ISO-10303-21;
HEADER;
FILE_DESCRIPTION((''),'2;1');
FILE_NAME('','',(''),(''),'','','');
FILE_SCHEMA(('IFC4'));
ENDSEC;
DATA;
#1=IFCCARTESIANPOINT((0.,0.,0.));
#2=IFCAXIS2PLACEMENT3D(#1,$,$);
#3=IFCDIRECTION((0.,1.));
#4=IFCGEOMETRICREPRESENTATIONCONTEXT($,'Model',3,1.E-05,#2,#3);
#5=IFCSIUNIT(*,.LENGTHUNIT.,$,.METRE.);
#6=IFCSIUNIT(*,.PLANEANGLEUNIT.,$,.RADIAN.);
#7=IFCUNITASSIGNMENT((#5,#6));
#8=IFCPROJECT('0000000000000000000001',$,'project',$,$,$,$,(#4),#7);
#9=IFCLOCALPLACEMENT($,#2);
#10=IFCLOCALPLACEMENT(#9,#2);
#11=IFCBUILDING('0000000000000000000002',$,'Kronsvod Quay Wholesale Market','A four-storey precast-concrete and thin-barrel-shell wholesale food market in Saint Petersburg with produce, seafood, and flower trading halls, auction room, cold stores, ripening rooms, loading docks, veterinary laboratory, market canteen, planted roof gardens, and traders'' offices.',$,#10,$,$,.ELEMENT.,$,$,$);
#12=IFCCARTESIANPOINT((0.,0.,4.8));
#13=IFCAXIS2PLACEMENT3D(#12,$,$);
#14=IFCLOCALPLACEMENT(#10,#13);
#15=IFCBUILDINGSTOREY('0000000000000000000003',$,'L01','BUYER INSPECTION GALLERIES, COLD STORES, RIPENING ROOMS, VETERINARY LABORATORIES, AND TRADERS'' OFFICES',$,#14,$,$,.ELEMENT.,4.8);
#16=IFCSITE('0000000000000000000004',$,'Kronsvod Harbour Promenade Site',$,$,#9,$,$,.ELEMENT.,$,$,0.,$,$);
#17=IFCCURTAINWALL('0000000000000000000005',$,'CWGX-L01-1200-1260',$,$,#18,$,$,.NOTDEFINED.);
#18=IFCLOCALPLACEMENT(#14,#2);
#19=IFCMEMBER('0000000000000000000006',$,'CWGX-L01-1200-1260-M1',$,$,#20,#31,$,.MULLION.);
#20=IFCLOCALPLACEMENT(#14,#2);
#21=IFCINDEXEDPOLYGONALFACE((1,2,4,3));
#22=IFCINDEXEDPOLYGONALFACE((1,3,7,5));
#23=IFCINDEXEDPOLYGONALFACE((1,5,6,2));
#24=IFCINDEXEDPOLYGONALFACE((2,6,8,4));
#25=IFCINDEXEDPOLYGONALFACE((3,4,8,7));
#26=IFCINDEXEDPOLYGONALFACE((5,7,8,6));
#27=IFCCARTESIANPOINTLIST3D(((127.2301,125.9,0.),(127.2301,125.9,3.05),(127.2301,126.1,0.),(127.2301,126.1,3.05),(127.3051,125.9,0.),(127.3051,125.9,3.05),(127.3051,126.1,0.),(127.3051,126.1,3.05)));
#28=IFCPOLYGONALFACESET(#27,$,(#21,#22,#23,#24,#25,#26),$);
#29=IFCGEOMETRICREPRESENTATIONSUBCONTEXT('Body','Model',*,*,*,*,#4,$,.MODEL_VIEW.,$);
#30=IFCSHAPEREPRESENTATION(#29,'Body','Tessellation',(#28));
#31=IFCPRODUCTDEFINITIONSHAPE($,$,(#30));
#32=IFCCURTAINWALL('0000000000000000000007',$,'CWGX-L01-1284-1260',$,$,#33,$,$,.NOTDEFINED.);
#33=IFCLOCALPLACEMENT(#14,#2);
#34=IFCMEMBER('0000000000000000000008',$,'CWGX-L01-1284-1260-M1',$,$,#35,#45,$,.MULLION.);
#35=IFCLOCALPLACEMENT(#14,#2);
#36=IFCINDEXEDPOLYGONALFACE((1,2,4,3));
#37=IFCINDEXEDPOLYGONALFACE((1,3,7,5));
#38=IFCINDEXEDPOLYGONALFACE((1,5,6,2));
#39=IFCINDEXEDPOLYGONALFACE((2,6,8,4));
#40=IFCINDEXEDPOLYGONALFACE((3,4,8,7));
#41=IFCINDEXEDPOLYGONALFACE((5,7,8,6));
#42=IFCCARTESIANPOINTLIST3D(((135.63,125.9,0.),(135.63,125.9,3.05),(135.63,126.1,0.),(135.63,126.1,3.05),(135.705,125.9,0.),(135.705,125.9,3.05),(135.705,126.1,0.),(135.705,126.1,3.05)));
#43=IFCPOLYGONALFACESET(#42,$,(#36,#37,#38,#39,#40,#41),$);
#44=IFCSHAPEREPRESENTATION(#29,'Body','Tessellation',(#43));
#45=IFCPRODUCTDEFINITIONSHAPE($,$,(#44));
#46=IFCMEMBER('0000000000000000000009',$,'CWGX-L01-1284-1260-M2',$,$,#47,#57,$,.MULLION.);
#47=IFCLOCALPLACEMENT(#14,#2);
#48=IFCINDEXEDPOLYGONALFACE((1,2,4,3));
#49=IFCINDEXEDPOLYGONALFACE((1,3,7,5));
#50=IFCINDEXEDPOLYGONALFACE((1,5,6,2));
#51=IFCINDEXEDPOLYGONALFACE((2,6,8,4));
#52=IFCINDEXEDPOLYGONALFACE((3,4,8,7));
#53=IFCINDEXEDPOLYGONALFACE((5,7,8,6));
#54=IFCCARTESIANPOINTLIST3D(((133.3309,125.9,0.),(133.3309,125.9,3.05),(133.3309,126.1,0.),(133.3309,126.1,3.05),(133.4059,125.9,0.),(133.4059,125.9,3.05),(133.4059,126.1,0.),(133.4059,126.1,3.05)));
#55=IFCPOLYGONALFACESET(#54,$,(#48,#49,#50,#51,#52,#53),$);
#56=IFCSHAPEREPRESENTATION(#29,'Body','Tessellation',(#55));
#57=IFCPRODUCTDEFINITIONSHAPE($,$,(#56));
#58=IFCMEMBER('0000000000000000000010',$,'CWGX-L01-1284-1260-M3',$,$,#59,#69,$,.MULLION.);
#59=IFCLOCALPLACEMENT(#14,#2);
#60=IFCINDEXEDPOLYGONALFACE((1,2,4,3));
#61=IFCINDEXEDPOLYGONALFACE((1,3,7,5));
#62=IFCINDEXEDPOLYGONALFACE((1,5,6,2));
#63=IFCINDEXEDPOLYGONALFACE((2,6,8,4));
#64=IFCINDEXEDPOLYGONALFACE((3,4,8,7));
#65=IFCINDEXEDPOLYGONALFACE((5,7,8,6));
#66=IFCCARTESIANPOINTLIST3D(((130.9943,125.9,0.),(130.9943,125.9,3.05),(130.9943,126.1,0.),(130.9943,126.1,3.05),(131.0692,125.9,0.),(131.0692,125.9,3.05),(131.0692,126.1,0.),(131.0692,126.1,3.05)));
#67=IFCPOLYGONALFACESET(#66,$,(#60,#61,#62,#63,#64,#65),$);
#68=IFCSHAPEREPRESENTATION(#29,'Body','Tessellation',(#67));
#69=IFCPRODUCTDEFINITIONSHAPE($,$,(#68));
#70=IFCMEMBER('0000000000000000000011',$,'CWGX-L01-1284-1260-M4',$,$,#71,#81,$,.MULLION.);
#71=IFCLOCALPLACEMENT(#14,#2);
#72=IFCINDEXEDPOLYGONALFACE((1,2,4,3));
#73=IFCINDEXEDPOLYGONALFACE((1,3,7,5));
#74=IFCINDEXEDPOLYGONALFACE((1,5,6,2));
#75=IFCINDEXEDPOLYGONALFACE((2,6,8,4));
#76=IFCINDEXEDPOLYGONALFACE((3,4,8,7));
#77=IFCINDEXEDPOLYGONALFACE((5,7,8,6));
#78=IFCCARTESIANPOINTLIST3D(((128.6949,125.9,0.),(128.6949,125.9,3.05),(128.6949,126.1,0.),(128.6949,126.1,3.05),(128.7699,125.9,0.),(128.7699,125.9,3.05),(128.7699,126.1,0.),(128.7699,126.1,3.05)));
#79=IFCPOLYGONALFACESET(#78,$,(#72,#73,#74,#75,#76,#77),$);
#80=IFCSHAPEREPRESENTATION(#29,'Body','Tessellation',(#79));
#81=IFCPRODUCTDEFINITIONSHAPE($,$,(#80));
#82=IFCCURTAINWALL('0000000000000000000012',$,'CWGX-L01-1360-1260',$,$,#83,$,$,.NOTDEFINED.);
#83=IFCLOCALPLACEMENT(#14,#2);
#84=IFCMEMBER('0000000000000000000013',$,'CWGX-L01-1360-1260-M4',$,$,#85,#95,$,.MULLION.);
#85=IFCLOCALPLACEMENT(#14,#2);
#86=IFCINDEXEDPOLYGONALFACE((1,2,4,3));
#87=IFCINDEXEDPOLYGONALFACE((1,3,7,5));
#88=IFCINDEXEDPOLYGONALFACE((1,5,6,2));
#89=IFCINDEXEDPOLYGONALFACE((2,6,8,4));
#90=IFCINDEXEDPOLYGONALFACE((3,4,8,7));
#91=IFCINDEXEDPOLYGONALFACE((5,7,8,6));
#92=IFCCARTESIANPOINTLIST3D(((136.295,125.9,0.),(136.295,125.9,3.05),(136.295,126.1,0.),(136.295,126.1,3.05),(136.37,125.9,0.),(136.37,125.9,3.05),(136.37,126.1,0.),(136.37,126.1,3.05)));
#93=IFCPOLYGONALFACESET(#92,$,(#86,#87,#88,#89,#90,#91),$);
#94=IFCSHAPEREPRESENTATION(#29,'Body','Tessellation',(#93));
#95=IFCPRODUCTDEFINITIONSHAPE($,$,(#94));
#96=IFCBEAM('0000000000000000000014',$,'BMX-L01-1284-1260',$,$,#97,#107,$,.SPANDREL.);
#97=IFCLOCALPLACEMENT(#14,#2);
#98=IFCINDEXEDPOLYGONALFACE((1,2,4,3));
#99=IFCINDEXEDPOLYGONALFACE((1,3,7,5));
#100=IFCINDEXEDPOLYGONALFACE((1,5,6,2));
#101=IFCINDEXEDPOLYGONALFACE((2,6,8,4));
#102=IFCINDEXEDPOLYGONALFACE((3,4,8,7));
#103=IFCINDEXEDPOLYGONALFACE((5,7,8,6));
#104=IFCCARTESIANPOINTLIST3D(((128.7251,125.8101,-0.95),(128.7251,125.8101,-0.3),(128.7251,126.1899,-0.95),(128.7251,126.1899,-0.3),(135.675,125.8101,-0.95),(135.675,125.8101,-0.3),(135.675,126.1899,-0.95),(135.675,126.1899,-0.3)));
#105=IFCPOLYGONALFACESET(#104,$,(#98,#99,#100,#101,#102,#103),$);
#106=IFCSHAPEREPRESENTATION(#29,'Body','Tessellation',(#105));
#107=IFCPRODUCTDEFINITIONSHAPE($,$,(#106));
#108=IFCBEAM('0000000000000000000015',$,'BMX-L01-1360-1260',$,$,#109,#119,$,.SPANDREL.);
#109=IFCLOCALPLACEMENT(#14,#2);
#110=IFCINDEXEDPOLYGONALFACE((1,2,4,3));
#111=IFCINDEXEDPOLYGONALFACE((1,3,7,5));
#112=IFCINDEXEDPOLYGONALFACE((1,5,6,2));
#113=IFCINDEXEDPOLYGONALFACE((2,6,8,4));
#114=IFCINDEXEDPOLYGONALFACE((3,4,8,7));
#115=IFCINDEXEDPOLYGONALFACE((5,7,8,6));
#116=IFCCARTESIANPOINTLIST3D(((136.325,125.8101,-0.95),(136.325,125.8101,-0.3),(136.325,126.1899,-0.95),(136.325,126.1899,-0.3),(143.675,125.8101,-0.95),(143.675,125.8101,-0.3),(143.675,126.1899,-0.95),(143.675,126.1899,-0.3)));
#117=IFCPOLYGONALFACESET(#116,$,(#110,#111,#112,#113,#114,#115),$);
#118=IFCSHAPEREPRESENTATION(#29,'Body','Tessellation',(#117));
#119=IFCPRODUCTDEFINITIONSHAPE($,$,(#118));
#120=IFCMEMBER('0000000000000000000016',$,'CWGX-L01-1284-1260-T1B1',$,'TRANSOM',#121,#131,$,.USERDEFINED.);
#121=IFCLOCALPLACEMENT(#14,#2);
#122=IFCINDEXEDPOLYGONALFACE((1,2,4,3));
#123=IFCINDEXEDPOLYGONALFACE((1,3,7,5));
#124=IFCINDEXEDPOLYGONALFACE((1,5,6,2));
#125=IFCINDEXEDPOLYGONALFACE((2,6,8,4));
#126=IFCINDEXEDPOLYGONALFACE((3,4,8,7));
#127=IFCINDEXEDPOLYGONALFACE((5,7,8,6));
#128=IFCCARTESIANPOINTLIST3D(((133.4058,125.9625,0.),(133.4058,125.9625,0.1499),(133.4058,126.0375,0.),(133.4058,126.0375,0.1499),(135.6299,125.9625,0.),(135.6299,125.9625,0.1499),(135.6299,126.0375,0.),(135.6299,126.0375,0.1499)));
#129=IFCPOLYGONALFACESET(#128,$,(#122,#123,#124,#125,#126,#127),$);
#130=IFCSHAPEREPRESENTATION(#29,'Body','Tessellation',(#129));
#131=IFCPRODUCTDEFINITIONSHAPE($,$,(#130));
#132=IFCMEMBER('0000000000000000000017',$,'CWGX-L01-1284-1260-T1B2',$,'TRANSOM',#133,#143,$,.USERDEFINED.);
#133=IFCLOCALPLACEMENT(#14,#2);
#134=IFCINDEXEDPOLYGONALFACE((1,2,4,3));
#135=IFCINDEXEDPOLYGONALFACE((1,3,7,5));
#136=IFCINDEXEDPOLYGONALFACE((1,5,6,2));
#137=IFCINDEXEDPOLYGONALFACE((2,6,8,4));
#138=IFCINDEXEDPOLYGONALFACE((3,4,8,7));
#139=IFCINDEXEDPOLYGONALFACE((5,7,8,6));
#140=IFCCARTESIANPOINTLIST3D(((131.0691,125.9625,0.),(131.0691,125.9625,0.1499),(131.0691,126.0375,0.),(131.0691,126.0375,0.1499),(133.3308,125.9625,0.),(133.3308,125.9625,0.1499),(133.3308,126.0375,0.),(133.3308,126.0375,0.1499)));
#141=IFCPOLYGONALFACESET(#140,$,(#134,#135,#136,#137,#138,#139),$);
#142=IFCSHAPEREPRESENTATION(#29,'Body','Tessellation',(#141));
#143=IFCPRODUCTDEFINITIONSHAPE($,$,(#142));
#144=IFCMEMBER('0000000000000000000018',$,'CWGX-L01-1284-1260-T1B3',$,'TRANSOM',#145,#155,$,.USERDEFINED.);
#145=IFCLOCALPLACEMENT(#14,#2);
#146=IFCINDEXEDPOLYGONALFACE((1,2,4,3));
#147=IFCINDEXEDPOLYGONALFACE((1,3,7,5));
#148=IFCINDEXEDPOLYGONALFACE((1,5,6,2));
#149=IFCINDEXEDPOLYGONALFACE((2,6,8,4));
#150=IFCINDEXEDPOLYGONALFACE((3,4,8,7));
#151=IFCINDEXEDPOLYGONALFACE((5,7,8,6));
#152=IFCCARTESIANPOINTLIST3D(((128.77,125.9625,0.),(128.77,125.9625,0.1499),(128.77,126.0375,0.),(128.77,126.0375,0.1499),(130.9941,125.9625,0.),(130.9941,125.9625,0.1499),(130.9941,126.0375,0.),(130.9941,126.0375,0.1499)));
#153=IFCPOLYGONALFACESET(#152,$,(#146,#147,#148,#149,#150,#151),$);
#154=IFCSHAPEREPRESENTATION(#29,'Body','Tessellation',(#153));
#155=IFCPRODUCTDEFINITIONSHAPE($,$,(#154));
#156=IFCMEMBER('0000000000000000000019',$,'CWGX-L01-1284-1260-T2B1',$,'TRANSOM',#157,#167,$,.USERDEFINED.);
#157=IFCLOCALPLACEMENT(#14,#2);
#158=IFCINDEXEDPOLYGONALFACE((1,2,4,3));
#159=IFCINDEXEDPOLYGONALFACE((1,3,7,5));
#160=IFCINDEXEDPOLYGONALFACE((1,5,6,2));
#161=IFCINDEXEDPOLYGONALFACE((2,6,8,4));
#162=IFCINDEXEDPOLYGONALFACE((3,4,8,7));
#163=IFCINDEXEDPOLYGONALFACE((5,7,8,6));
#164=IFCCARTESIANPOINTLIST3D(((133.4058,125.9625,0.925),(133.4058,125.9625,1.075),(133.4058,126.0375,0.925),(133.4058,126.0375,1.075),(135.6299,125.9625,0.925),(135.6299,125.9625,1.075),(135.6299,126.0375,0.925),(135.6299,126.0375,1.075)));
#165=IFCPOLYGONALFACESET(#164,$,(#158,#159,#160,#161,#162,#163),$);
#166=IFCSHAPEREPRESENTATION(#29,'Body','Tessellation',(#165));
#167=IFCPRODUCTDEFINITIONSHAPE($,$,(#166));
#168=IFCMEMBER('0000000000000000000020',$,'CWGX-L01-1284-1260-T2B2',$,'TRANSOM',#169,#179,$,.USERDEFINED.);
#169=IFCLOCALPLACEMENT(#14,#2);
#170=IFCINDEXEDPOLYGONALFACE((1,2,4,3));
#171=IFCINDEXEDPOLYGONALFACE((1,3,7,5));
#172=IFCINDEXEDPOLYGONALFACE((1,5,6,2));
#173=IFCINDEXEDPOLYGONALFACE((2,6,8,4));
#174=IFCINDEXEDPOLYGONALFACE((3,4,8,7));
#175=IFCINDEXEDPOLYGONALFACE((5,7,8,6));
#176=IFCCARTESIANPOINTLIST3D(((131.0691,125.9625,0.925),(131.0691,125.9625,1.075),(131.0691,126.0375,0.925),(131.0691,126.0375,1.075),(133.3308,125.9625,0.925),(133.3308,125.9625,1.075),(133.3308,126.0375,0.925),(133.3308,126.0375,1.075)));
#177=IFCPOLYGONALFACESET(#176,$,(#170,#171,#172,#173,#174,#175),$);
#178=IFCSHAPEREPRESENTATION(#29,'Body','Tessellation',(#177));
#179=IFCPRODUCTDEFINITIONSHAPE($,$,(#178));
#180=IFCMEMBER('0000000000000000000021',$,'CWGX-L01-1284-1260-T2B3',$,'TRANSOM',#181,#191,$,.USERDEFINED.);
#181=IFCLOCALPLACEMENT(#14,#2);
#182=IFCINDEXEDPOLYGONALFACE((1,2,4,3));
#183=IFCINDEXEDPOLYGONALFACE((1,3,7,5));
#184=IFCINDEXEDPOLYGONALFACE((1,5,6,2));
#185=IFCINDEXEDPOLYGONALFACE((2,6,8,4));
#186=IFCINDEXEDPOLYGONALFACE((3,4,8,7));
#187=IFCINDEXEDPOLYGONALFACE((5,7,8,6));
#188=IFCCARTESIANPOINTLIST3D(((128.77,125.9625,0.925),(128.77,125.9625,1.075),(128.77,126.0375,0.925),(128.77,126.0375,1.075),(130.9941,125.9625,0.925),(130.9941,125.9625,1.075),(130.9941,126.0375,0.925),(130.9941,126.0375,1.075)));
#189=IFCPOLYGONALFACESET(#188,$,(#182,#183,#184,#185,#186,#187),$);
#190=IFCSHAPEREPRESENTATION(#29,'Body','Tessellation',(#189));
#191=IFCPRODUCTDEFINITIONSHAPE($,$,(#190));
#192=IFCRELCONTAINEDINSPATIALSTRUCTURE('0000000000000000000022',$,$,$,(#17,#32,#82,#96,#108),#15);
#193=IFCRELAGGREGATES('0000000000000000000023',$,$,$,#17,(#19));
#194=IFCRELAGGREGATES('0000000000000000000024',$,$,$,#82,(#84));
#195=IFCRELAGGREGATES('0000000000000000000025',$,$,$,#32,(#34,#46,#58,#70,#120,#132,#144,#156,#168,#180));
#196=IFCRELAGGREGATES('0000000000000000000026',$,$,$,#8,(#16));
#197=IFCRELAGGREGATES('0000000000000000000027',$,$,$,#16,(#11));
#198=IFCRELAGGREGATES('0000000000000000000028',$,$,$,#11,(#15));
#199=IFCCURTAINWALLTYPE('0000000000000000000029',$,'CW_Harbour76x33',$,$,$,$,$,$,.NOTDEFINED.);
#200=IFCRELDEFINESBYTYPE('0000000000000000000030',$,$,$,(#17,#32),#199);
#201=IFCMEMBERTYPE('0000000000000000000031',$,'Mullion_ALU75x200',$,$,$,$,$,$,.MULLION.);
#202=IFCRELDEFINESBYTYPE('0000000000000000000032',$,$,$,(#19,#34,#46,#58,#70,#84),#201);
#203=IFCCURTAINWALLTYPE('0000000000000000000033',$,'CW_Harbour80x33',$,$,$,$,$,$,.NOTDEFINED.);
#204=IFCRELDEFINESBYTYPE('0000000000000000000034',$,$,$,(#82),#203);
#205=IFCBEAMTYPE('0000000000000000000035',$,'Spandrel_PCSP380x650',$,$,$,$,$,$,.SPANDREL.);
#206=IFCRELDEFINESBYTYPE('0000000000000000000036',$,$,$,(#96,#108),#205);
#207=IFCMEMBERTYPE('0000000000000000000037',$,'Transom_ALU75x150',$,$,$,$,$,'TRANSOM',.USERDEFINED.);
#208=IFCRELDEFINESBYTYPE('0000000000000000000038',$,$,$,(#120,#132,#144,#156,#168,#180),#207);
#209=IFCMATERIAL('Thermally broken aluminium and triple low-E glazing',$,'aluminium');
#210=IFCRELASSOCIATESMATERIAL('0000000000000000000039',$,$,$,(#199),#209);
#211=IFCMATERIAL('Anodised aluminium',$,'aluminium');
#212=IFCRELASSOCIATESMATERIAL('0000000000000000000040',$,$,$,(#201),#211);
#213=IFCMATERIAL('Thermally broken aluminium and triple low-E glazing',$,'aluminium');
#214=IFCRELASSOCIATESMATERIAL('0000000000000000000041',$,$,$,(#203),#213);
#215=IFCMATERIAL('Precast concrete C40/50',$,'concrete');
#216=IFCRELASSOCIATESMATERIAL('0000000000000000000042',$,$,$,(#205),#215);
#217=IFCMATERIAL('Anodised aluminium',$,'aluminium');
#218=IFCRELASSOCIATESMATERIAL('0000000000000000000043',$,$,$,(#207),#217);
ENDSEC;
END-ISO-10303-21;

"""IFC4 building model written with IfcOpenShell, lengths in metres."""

from ifc_helpers import new_model, si_unit, direction, frame, origin, origin_2d, place, context, subcontext, project, spatial, rectangle, extrude, material, material_profile, profile_set, type_object, element, aggregate, save


model = new_model("IFC4")

# Units and contexts
model_context = context("Model", 3, precision=1e-05, world=origin(), true_north=direction((0.0, 1.0)))
body_context = subcontext(model_context, "Body", "Model", "MODEL_VIEW")
ifc_project = project(units=[si_unit("LENGTHUNIT", "METRE"), si_unit("PLANEANGLEUNIT", "RADIAN")], contexts=[model_context])

# Site, building, storey
site_placement = place(None, origin())
site = spatial("IfcSite", under=ifc_project, at=site_placement, Name="Kronsvod Harbour Promenade Site", CompositionType="ELEMENT", RefElevation=0.0)
building_placement = place(site_placement, origin())
building = spatial("IfcBuilding", under=site, at=building_placement, Name="Kronsvod Quay Wholesale Market", Description="A four-storey precast-concrete and thin-barrel-shell wholesale food market in Saint Petersburg with produce, seafood, and flower trading halls, auction room, cold stores, ripening rooms, loading docks, veterinary laboratory, market canteen, planted roof gardens, and traders' offices.", CompositionType="ELEMENT")
storey_placement = place(building_placement, frame((0.0, 0.0, 4.8)))
storey = spatial("IfcBuildingStorey", under=building, at=storey_placement, Name="L01", Description="BUYER INSPECTION GALLERIES, COLD STORES, RIPENING ROOMS, VETERINARY LABORATORIES, AND TRADERS' OFFICES", CompositionType="ELEMENT", Elevation=4.8)

# Curtain wall, member
ifc_material_1 = material(Name="Thermally broken aluminium and triple low-E glazing", Category="aluminium")
curtain_wall_type_1 = type_object("IfcCurtainWallType", Name="CW_Harbour76x33", PredefinedType="NOTDEFINED", material=ifc_material_1)
curtain_wall_1_placement = place(storey_placement, origin())
curtain_wall_1 = element("IfcCurtainWall", 1, at=curtain_wall_1_placement, inside=storey, type_object=curtain_wall_type_1, Name="CWGX-L01-1200-1260", PredefinedType="NOTDEFINED")
ifc_material_2 = material(Name="Anodised aluminium", Category="aluminium")
ifc_material_profile_1 = material_profile(ifc_material_2, rectangle(XDim=0.075, YDim=0.2, at=origin_2d()), Name="ALUM75x200")
ifc_profile_set_1 = profile_set([ifc_material_profile_1], Name="Anodised aluminium")
member_type_1 = type_object("IfcMemberType", Name="Mullion_ALU75x200", PredefinedType="MULLION", material=ifc_profile_set_1)
member_1_placement = place(storey_placement, frame((127.2676, 126.0, 0.0), z_axis=(0.0, 0.0, 1.0), x_axis=(1.0, 0.0, 0.0)))
member_1 = element("IfcMember", 2, at=member_1_placement, type_object=member_type_1, Name="CWGX-L01-1200-1260-M1", PredefinedType="MULLION", context=body_context, shape_type="SweptSolid", body=[
    extrude(rectangle(XDim=0.075, YDim=0.2, at=origin_2d()), origin(), (0.0, 0.0, 1.0), 3.05),
])
aggregate(curtain_wall_1, [member_1])

# Curtain wall, members
curtain_wall_2_placement = place(storey_placement, origin())
curtain_wall_2 = element("IfcCurtainWall", 3, at=curtain_wall_2_placement, inside=storey, type_object=curtain_wall_type_1, Name="CWGX-L01-1284-1260", PredefinedType="NOTDEFINED")
member_2_placement = place(storey_placement, frame((135.6675, 126.0, 0.0), z_axis=(0.0, 0.0, 1.0), x_axis=(1.0, 0.0, 0.0)))
member_2 = element("IfcMember", 4, at=member_2_placement, type_object=member_type_1, Name="CWGX-L01-1284-1260-M1", PredefinedType="MULLION", context=body_context, shape_type="SweptSolid", body=[
    extrude(rectangle(XDim=0.075, YDim=0.2, at=origin_2d()), origin(), (0.0, 0.0, 1.0), 3.05),
])
member_3_placement = place(storey_placement, frame((133.3684, 126.0, 0.0), z_axis=(0.0, 0.0, 1.0), x_axis=(1.0, 0.0, 0.0)))
member_3 = element("IfcMember", 5, at=member_3_placement, type_object=member_type_1, Name="CWGX-L01-1284-1260-M2", PredefinedType="MULLION", context=body_context, shape_type="SweptSolid", body=[
    extrude(rectangle(XDim=0.075, YDim=0.2, at=origin_2d()), origin(), (0.0, 0.0, 1.0), 3.05),
])
member_4_placement = place(storey_placement, frame((131.0317, 126.0, 0.0), z_axis=(0.0, 0.0, 1.0), x_axis=(1.0, 0.0, 0.0)))
member_4 = element("IfcMember", 6, at=member_4_placement, type_object=member_type_1, Name="CWGX-L01-1284-1260-M3", PredefinedType="MULLION", context=body_context, shape_type="SweptSolid", body=[
    extrude(rectangle(XDim=0.075, YDim=0.2, at=origin_2d()), origin(), (0.0, 0.0, 1.0), 3.05),
])
member_5_placement = place(storey_placement, frame((128.7324, 126.0, 0.0), z_axis=(0.0, 0.0, 1.0), x_axis=(1.0, 0.0, 0.0)))
member_5 = element("IfcMember", 7, at=member_5_placement, type_object=member_type_1, Name="CWGX-L01-1284-1260-M4", PredefinedType="MULLION", context=body_context, shape_type="SweptSolid", body=[
    extrude(rectangle(XDim=0.075, YDim=0.2, at=origin_2d()), origin(), (0.0, 0.0, 1.0), 3.05),
])

# Curtain wall, member
ifc_material_3 = material(Name="Thermally broken aluminium and triple low-E glazing", Category="aluminium")
curtain_wall_type_2 = type_object("IfcCurtainWallType", Name="CW_Harbour80x33", PredefinedType="NOTDEFINED", material=ifc_material_3)
curtain_wall_3_placement = place(storey_placement, origin())
curtain_wall_3 = element("IfcCurtainWall", 8, at=curtain_wall_3_placement, inside=storey, type_object=curtain_wall_type_2, Name="CWGX-L01-1360-1260", PredefinedType="NOTDEFINED")
member_6_placement = place(storey_placement, frame((136.3325, 126.0, 0.0), z_axis=(0.0, 0.0, 1.0), x_axis=(1.0, 0.0, 0.0)))
member_6 = element("IfcMember", 9, at=member_6_placement, type_object=member_type_1, Name="CWGX-L01-1360-1260-M4", PredefinedType="MULLION", context=body_context, shape_type="SweptSolid", body=[
    extrude(rectangle(XDim=0.075, YDim=0.2, at=origin_2d()), origin(), (0.0, 0.0, 1.0), 3.05),
])

# Beams
ifc_material_4 = material(Name="Precast concrete C40/50", Category="concrete")
ifc_material_profile_2 = material_profile(ifc_material_4, rectangle(XDim=0.3799, YDim=0.6499, at=origin_2d()), Name="SPB-03")
ifc_profile_set_2 = profile_set([ifc_material_profile_2], Name="Precast concrete C40/50")
beam_type_1 = type_object("IfcBeamType", Name="Spandrel_PCSP380x650", PredefinedType="SPANDREL", material=ifc_profile_set_2)
beam_1_placement = place(storey_placement, frame((128.7251, 126.0, -0.625), z_axis=(1.0, 0.0, 0.0), x_axis=(0.0, 1.0, 0.0)))
element("IfcBeam", 10, at=beam_1_placement, inside=storey, type_object=beam_type_1, Name="BMX-L01-1284-1260", PredefinedType="SPANDREL", context=body_context, shape_type="SweptSolid", body=[
    extrude(rectangle(XDim=0.3799, YDim=0.6499, at=origin_2d()), origin(), (0.0, 0.0, 1.0), 6.95),
])
beam_2_placement = place(storey_placement, frame((136.325, 126.0, -0.625), z_axis=(1.0, 0.0, 0.0), x_axis=(0.0, 1.0, 0.0)))
element("IfcBeam", 11, at=beam_2_placement, inside=storey, type_object=beam_type_1, Name="BMX-L01-1360-1260", PredefinedType="SPANDREL", context=body_context, shape_type="SweptSolid", body=[
    extrude(rectangle(XDim=0.3799, YDim=0.6499, at=origin_2d()), origin(), (0.0, 0.0, 1.0), 7.3501),
])

# Members
ifc_material_5 = material(Name="Anodised aluminium", Category="aluminium")
ifc_material_profile_3 = material_profile(ifc_material_5, rectangle(XDim=0.075, YDim=0.1499, at=origin_2d()), Name="ALUT75x150")
ifc_profile_set_3 = profile_set([ifc_material_profile_3], Name="Anodised aluminium")
member_type_2 = type_object("IfcMemberType", Name="Transom_ALU75x150", ElementType="TRANSOM", PredefinedType="USERDEFINED", material=ifc_profile_set_3)
member_7_placement = place(storey_placement, frame((135.6299, 126.0, 0.075), z_axis=(-1.0, 0.0, 0.0), x_axis=(0.0, -1.0, 0.0)))
member_7 = element("IfcMember", 12, at=member_7_placement, type_object=member_type_2, Name="CWGX-L01-1284-1260-T1B1", ObjectType="TRANSOM", PredefinedType="USERDEFINED", context=body_context, shape_type="SweptSolid", body=[
    extrude(rectangle(XDim=0.075, YDim=0.1499, at=origin_2d()), origin(), (0.0, 0.0, 1.0), 2.2241),
])
member_8_placement = place(storey_placement, frame((133.3308, 126.0, 0.075), z_axis=(-1.0, 0.0, 0.0), x_axis=(0.0, -1.0, 0.0)))
member_8 = element("IfcMember", 13, at=member_8_placement, type_object=member_type_2, Name="CWGX-L01-1284-1260-T1B2", ObjectType="TRANSOM", PredefinedType="USERDEFINED", context=body_context, shape_type="SweptSolid", body=[
    extrude(rectangle(XDim=0.075, YDim=0.1499, at=origin_2d()), origin(), (0.0, 0.0, 1.0), 2.2617),
])
member_9_placement = place(storey_placement, frame((130.9941, 126.0, 0.075), z_axis=(-1.0, 0.0, 0.0), x_axis=(0.0, -1.0, 0.0)))
member_9 = element("IfcMember", 14, at=member_9_placement, type_object=member_type_2, Name="CWGX-L01-1284-1260-T1B3", ObjectType="TRANSOM", PredefinedType="USERDEFINED", context=body_context, shape_type="SweptSolid", body=[
    extrude(rectangle(XDim=0.075, YDim=0.1499, at=origin_2d()), origin(), (0.0, 0.0, 1.0), 2.2241),
])
member_10_placement = place(storey_placement, frame((135.6299, 126.0, 1.0), z_axis=(-1.0, 0.0, 0.0), x_axis=(0.0, -1.0, 0.0)))
member_10 = element("IfcMember", 15, at=member_10_placement, type_object=member_type_2, Name="CWGX-L01-1284-1260-T2B1", ObjectType="TRANSOM", PredefinedType="USERDEFINED", context=body_context, shape_type="SweptSolid", body=[
    extrude(rectangle(XDim=0.075, YDim=0.1499, at=origin_2d()), origin(), (0.0, 0.0, 1.0), 2.2241),
])
member_11_placement = place(storey_placement, frame((133.3308, 126.0, 1.0), z_axis=(-1.0, 0.0, 0.0), x_axis=(0.0, -1.0, 0.0)))
member_11 = element("IfcMember", 16, at=member_11_placement, type_object=member_type_2, Name="CWGX-L01-1284-1260-T2B2", ObjectType="TRANSOM", PredefinedType="USERDEFINED", context=body_context, shape_type="SweptSolid", body=[
    extrude(rectangle(XDim=0.075, YDim=0.1499, at=origin_2d()), origin(), (0.0, 0.0, 1.0), 2.2617),
])
member_12_placement = place(storey_placement, frame((130.9941, 126.0, 1.0), z_axis=(-1.0, 0.0, 0.0), x_axis=(0.0, -1.0, 0.0)))
member_12 = element("IfcMember", 17, at=member_12_placement, type_object=member_type_2, Name="CWGX-L01-1284-1260-T2B3", ObjectType="TRANSOM", PredefinedType="USERDEFINED", context=body_context, shape_type="SweptSolid", body=[
    extrude(rectangle(XDim=0.075, YDim=0.1499, at=origin_2d()), origin(), (0.0, 0.0, 1.0), 2.2241),
])

aggregate(curtain_wall_3, [member_6])
aggregate(curtain_wall_2, [member_2, member_3, member_4, member_5, member_7, member_8, member_9, member_10, member_11, member_12])

save(model, "model.ifc")
